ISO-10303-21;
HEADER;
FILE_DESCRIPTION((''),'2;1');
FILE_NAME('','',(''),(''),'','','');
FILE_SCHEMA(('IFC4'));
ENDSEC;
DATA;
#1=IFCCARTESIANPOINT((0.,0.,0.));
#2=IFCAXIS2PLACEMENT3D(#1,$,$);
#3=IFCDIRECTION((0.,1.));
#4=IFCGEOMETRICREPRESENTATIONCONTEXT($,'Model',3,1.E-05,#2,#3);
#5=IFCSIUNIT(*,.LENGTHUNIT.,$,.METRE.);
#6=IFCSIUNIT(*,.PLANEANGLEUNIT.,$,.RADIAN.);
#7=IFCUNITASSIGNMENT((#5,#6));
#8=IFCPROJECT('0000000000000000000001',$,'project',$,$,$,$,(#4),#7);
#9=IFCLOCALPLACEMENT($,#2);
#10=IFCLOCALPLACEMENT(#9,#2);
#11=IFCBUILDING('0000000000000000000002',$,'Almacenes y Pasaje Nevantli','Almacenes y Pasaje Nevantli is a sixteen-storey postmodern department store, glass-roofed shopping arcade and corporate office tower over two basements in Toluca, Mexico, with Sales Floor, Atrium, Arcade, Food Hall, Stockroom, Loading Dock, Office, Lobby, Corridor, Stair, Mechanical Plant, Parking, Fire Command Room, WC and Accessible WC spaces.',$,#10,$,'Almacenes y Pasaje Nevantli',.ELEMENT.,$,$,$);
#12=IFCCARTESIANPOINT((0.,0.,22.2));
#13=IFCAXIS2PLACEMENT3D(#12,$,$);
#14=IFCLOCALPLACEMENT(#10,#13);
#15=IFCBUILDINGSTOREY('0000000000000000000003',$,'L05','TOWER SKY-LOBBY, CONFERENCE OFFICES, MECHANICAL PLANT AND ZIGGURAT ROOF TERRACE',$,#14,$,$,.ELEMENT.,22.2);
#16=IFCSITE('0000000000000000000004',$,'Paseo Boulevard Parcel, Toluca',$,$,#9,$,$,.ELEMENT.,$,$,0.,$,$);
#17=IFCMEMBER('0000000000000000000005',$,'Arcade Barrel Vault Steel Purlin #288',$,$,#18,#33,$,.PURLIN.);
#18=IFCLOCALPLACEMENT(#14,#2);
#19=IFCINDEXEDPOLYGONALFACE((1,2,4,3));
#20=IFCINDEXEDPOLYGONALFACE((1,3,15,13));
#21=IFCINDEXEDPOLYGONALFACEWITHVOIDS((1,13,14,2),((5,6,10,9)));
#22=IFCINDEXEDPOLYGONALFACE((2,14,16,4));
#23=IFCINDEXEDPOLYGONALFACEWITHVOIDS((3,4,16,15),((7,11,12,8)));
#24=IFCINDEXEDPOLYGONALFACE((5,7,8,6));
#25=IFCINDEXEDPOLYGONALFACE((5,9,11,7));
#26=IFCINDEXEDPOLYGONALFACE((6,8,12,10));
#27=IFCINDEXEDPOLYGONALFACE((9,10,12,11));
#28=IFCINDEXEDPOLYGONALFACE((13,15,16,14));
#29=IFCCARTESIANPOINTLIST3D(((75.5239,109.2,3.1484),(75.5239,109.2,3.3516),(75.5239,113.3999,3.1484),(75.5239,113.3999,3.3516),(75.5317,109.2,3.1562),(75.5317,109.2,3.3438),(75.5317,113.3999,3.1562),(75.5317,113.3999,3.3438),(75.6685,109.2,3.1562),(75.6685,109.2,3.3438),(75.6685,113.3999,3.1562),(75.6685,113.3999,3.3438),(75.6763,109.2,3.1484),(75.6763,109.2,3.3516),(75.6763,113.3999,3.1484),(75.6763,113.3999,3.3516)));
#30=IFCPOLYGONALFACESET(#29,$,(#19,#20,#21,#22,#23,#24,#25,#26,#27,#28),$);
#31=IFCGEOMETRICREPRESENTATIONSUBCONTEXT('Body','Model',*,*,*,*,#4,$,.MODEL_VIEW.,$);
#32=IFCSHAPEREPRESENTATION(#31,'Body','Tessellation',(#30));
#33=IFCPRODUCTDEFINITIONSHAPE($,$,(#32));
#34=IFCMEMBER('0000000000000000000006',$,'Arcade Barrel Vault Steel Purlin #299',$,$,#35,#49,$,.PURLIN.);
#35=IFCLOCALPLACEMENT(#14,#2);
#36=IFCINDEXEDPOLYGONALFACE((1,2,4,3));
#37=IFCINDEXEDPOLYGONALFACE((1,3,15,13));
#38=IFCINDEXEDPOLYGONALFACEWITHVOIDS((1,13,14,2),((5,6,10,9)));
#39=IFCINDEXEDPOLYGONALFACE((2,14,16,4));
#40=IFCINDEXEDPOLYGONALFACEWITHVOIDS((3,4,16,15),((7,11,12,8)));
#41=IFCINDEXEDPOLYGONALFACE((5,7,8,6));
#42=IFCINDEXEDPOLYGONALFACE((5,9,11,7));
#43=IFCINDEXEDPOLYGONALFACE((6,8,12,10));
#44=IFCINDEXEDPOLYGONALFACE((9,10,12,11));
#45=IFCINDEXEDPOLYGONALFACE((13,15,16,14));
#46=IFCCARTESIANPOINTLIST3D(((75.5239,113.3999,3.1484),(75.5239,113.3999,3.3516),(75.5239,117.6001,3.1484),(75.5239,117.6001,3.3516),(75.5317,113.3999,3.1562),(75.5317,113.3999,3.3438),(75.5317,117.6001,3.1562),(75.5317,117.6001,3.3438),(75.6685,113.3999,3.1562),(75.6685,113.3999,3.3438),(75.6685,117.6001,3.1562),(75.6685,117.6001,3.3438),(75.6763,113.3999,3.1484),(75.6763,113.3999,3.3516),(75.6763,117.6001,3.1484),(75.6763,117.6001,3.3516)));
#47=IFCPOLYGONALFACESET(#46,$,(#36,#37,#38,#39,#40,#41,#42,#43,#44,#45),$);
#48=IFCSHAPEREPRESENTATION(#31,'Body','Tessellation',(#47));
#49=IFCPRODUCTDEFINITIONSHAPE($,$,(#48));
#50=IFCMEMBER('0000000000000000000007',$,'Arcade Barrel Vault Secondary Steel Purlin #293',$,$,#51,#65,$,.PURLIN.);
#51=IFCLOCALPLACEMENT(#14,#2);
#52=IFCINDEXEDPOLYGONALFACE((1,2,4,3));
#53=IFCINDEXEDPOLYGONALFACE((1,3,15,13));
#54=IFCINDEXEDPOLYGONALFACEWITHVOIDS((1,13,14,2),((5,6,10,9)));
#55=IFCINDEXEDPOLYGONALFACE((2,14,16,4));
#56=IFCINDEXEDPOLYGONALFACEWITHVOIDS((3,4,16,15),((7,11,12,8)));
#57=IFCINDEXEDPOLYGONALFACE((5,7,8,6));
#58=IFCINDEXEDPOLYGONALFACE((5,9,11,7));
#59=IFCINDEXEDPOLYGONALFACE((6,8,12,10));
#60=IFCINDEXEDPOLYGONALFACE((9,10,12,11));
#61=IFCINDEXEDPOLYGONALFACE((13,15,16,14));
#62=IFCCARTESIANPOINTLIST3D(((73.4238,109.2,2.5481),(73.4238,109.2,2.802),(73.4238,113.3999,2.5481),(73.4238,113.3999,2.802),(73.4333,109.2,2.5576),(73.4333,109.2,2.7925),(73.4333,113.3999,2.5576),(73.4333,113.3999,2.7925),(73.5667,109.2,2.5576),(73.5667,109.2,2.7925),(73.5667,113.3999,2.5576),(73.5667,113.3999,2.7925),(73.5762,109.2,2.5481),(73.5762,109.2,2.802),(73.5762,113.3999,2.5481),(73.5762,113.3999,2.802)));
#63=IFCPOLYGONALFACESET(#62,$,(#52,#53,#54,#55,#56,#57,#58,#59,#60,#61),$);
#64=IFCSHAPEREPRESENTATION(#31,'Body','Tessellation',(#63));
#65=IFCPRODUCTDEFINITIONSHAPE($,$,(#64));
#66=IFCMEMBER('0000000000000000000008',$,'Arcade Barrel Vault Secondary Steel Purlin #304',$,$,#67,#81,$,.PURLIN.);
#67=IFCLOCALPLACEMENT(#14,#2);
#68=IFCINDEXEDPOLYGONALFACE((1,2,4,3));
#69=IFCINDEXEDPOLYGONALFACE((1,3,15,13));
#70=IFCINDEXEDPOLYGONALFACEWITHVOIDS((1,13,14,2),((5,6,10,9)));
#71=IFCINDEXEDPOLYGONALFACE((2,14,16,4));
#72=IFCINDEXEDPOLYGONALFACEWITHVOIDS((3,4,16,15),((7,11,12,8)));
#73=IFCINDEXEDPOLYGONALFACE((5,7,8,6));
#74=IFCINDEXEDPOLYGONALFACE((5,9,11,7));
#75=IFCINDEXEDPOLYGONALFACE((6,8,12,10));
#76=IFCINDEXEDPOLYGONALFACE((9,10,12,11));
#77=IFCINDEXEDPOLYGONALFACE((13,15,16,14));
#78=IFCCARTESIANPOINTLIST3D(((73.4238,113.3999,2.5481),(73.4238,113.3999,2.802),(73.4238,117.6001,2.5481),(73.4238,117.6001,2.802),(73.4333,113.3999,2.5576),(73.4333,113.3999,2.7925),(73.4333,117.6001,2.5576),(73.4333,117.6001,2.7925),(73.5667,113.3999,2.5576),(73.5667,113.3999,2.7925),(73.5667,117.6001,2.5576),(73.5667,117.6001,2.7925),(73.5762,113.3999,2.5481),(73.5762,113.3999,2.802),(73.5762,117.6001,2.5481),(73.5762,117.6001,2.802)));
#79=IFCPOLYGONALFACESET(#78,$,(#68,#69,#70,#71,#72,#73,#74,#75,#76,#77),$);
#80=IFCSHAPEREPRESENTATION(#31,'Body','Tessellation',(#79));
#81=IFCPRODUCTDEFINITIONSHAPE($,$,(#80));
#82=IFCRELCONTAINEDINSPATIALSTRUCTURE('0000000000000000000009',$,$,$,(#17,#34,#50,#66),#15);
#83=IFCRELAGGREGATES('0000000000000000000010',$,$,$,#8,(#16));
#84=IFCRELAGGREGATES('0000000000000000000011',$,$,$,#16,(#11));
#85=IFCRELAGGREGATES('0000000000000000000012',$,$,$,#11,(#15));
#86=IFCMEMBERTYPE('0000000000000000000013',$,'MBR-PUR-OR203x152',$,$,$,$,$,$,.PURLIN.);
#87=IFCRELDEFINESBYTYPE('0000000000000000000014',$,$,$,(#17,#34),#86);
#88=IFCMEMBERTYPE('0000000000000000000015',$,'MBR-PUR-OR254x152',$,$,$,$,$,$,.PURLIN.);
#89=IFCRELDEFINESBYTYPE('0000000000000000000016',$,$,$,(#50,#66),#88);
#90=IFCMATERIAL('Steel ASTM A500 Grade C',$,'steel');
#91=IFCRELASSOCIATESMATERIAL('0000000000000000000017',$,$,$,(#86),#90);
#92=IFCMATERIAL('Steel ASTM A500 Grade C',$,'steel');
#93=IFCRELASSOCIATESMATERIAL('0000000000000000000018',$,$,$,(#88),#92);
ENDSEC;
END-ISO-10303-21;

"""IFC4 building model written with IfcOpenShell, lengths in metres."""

from ifc_helpers import new_model, si_unit, direction, frame, origin, origin_2d, place, context, subcontext, project, spatial, hollow_rectangle, extrude, material, material_profile, profile_set, type_object, element, save


model = new_model("IFC4")

# Units and contexts
model_context = context("Model", 3, precision=1e-05, world=origin(), true_north=direction((0.0, 1.0)))
body_context = subcontext(model_context, "Body", "Model", "MODEL_VIEW")
ifc_project = project(units=[si_unit("LENGTHUNIT", "METRE"), si_unit("PLANEANGLEUNIT", "RADIAN")], contexts=[model_context])

# Site, building, storey
site_placement = place(None, origin())
site = spatial("IfcSite", under=ifc_project, at=site_placement, Name="Paseo Boulevard Parcel, Toluca", CompositionType="ELEMENT", RefElevation=0.0)
building_placement = place(site_placement, origin())
building = spatial("IfcBuilding", under=site, at=building_placement, Name="Almacenes y Pasaje Nevantli", Description="Almacenes y Pasaje Nevantli is a sixteen-storey postmodern department store, glass-roofed shopping arcade and corporate office tower over two basements in Toluca, Mexico, with Sales Floor, Atrium, Arcade, Food Hall, Stockroom, Loading Dock, Office, Lobby, Corridor, Stair, Mechanical Plant, Parking, Fire Command Room, WC and Accessible WC spaces.", LongName="Almacenes y Pasaje Nevantli", CompositionType="ELEMENT")
storey_placement = place(building_placement, frame((0.0, 0.0, 22.2)))
storey = spatial("IfcBuildingStorey", under=building, at=storey_placement, Name="L05", Description="TOWER SKY-LOBBY, CONFERENCE OFFICES, MECHANICAL PLANT AND ZIGGURAT ROOF TERRACE", CompositionType="ELEMENT", Elevation=22.2)

# Members
ifc_material_1 = material(Name="Steel ASTM A500 Grade C", Category="steel")
ifc_material_profile_1 = material_profile(ifc_material_1, hollow_rectangle(XDim=0.1523, YDim=0.2031, WallThickness=0.0078, at=origin_2d()), Name="OR 203x152x7.9")
ifc_profile_set_1 = profile_set([ifc_material_profile_1], Name="Steel ASTM A500 Grade C")
member_type_1 = type_object("IfcMemberType", Name="MBR-PUR-OR203x152", PredefinedType="PURLIN", material=ifc_profile_set_1)
member_1_placement = place(storey_placement, frame((75.6001, 109.2, 3.25), z_axis=(0.0, 1.0, 0.0), x_axis=(-1.0, 0.0, 0.0)))
element("IfcMember", 1, at=member_1_placement, inside=storey, type_object=member_type_1, Name="Arcade Barrel Vault Steel Purlin #288", PredefinedType="PURLIN", context=body_context, shape_type="SweptSolid", body=[
    extrude(hollow_rectangle(XDim=0.1523, YDim=0.2031, WallThickness=0.0078, at=origin_2d()), origin(), (0.0, 0.0, 1.0), 4.2),
])
member_2_placement = place(storey_placement, frame((75.6001, 113.3999, 3.25), z_axis=(0.0, 1.0, 0.0), x_axis=(-1.0, 0.0, 0.0)))
element("IfcMember", 2, at=member_2_placement, inside=storey, type_object=member_type_1, Name="Arcade Barrel Vault Steel Purlin #299", PredefinedType="PURLIN", context=body_context, shape_type="SweptSolid", body=[
    extrude(hollow_rectangle(XDim=0.1523, YDim=0.2031, WallThickness=0.0078, at=origin_2d()), origin(), (0.0, 0.0, 1.0), 4.2002),
])
ifc_material_2 = material(Name="Steel ASTM A500 Grade C", Category="steel")
ifc_material_profile_2 = material_profile(ifc_material_2, hollow_rectangle(XDim=0.1523, YDim=0.2539, WallThickness=0.0095, at=origin_2d()), Name="OR 254x152x9.5")
ifc_profile_set_2 = profile_set([ifc_material_profile_2], Name="Steel ASTM A500 Grade C")
member_type_2 = type_object("IfcMemberType", Name="MBR-PUR-OR254x152", PredefinedType="PURLIN", material=ifc_profile_set_2)
member_3_placement = place(storey_placement, frame((73.5, 109.2, 2.675), z_axis=(0.0, 1.0, 0.0), x_axis=(-1.0, 0.0, 0.0)))
element("IfcMember", 3, at=member_3_placement, inside=storey, type_object=member_type_2, Name="Arcade Barrel Vault Secondary Steel Purlin #293", PredefinedType="PURLIN", context=body_context, shape_type="SweptSolid", body=[
    extrude(hollow_rectangle(XDim=0.1523, YDim=0.2539, WallThickness=0.0095, at=origin_2d()), origin(), (0.0, 0.0, 1.0), 4.2),
])
member_4_placement = place(storey_placement, frame((73.5, 113.3999, 2.675), z_axis=(0.0, 1.0, 0.0), x_axis=(-1.0, 0.0, 0.0)))
element("IfcMember", 4, at=member_4_placement, inside=storey, type_object=member_type_2, Name="Arcade Barrel Vault Secondary Steel Purlin #304", PredefinedType="PURLIN", context=body_context, shape_type="SweptSolid", body=[
    extrude(hollow_rectangle(XDim=0.1523, YDim=0.2539, WallThickness=0.0095, at=origin_2d()), origin(), (0.0, 0.0, 1.0), 4.2002),
])

save(model, "model.ifc")
